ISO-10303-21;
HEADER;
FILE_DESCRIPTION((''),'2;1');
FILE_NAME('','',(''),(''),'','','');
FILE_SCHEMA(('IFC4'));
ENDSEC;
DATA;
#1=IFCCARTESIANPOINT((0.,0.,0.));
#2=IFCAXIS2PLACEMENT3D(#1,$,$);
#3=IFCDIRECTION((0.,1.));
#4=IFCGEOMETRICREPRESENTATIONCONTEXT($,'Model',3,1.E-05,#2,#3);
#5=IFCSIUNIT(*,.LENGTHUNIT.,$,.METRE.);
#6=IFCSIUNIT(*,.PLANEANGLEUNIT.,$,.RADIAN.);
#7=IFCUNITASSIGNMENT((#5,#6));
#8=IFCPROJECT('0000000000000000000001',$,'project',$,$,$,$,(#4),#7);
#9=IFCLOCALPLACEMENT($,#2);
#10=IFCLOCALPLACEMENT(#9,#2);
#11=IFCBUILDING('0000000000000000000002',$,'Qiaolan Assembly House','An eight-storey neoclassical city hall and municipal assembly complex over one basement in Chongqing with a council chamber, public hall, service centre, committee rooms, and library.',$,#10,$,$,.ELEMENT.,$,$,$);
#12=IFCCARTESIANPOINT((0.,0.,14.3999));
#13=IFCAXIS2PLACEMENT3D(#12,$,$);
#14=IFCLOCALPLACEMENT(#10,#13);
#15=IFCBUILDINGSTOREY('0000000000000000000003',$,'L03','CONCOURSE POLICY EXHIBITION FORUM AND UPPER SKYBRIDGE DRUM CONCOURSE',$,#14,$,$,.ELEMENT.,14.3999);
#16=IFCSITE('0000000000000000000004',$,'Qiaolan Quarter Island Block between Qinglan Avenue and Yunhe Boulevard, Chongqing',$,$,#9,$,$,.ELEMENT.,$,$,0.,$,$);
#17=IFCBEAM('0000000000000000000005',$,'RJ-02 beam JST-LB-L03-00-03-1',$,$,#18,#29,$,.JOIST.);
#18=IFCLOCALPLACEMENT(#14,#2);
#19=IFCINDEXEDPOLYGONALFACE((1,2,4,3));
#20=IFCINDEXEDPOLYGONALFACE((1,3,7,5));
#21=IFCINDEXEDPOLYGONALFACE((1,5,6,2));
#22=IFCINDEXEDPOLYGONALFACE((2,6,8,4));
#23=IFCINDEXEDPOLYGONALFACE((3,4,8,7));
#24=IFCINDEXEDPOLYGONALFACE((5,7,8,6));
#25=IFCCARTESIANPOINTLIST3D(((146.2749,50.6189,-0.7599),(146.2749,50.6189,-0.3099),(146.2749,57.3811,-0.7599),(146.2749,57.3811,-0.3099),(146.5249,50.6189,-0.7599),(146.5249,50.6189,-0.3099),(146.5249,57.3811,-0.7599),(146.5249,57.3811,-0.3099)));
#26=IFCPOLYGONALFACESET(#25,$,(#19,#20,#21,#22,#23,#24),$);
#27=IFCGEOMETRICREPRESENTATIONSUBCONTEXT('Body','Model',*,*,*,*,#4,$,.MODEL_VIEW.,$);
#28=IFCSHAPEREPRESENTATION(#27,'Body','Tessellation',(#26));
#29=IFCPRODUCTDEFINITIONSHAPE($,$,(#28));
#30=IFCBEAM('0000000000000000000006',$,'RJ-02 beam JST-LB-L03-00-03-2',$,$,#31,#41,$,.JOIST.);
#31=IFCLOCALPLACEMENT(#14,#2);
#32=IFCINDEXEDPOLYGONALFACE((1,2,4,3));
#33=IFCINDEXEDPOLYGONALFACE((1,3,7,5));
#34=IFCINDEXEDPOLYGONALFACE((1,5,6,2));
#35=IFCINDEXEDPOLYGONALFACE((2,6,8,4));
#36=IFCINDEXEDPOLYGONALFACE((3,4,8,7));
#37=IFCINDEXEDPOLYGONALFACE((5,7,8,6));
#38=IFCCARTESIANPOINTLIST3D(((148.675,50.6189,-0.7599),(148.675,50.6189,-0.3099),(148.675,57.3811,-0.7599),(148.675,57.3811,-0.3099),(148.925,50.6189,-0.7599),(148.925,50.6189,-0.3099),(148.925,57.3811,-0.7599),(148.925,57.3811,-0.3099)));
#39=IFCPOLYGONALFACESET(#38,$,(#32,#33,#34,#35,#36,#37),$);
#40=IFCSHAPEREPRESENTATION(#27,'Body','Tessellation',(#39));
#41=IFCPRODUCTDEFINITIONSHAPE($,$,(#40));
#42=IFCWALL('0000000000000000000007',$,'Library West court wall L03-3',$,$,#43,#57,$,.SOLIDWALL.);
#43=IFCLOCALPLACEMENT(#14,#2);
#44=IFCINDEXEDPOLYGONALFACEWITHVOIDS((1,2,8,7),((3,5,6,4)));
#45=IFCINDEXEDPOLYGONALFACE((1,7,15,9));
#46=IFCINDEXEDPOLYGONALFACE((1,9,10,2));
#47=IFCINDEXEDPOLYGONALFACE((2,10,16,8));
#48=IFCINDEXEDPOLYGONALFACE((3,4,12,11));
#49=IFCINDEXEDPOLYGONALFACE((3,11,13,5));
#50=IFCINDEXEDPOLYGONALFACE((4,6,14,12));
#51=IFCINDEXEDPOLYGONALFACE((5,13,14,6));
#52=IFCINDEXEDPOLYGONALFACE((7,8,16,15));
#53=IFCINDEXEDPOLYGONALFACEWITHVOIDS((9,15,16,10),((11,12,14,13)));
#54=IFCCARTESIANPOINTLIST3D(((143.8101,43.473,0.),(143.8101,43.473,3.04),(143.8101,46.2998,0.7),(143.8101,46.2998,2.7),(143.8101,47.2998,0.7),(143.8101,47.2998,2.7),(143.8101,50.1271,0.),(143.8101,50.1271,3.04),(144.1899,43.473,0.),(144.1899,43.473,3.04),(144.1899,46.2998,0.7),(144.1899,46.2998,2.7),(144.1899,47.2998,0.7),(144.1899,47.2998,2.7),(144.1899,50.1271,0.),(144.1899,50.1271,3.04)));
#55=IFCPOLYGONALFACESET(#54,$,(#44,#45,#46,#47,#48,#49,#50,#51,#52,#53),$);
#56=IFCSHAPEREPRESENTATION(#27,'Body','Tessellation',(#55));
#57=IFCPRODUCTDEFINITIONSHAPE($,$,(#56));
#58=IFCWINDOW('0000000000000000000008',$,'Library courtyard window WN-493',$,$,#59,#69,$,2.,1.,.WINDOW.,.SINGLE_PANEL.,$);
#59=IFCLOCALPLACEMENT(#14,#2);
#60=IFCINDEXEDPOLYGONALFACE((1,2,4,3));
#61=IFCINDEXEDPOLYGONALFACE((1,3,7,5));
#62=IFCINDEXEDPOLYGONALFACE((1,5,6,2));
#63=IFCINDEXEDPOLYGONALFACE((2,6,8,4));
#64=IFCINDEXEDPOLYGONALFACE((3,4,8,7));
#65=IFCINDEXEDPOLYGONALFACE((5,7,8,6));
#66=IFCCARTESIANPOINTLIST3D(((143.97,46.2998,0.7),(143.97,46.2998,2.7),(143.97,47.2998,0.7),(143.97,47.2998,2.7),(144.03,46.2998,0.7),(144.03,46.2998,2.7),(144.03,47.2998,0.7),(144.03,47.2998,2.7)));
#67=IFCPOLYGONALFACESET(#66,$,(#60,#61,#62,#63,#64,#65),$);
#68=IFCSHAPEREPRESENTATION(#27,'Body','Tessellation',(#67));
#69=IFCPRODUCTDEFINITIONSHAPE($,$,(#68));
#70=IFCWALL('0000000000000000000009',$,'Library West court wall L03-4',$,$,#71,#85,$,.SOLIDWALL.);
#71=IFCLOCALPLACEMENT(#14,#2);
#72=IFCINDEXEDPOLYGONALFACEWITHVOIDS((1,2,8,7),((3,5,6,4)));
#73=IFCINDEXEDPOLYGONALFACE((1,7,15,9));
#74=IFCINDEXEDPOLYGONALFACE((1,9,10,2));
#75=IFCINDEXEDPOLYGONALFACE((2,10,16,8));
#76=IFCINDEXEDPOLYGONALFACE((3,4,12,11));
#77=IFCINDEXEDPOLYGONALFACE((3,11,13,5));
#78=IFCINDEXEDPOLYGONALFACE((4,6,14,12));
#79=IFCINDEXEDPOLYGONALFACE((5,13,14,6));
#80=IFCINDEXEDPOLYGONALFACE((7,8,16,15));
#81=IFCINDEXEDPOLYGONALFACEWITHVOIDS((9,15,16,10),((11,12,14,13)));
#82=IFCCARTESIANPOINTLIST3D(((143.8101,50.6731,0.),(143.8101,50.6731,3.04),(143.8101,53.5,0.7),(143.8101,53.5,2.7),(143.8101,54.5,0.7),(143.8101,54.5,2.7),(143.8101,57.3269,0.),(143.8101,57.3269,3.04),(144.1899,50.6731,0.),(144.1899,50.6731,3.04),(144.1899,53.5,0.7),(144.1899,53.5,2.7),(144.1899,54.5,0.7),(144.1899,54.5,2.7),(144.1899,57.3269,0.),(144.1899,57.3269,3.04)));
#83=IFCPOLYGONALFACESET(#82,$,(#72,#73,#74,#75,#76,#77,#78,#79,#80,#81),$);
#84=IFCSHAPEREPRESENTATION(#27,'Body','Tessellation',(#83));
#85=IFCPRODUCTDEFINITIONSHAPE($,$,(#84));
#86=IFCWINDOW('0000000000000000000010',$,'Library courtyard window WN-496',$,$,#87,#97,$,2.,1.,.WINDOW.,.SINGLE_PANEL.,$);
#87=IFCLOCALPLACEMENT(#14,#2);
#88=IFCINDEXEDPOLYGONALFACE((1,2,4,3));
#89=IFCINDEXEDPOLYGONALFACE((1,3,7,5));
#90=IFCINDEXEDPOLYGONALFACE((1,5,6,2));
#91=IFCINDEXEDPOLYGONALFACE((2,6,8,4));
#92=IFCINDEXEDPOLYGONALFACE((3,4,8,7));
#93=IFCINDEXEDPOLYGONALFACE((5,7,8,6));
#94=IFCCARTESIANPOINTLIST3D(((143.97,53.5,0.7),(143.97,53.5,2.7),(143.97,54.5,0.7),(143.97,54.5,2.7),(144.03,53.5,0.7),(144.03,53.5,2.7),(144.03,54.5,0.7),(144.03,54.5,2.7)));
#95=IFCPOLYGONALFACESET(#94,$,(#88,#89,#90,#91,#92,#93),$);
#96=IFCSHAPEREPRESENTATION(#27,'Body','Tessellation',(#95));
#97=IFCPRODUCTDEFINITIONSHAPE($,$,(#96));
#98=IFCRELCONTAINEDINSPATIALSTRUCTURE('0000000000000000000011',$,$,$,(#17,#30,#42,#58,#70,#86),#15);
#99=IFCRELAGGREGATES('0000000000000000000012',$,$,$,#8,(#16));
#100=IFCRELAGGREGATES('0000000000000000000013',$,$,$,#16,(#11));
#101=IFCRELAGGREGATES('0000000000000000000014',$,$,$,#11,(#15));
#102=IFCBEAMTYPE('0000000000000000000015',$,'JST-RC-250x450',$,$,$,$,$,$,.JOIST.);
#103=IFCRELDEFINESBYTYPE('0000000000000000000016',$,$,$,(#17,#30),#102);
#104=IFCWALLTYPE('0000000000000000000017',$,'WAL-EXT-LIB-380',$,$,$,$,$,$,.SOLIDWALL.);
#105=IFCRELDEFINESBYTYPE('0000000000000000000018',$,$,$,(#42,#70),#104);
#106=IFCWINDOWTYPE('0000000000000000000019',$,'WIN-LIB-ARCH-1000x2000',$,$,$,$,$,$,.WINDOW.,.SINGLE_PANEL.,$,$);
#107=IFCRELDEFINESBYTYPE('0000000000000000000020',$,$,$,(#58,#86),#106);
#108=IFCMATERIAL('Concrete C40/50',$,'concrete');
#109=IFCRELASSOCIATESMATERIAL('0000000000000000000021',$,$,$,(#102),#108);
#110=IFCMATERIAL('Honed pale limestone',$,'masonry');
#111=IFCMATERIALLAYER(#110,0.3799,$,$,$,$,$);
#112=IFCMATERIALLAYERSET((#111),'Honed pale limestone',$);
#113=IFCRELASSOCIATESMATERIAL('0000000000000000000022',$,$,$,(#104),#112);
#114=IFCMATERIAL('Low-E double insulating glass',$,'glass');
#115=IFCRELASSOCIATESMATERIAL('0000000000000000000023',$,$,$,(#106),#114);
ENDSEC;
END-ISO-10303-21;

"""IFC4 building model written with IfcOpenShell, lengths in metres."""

from ifc_helpers import new_model, si_unit, direction, frame, frame_2d, origin, origin_2d, place, context, subcontext, project, spatial, rectangle, extrude, material, layer, layer_set, material_profile, profile_set, type_object, element, fill, save


model = new_model("IFC4")

# Units and contexts
model_context = context("Model", 3, precision=1e-05, world=origin(), true_north=direction((0.0, 1.0)))
body_context = subcontext(model_context, "Body", "Model", "MODEL_VIEW")
ifc_project = project(units=[si_unit("LENGTHUNIT", "METRE"), si_unit("PLANEANGLEUNIT", "RADIAN")], contexts=[model_context])

# Site, building, storey
site_placement = place(None, origin())
site = spatial("IfcSite", under=ifc_project, at=site_placement, Name="Qiaolan Quarter Island Block between Qinglan Avenue and Yunhe Boulevard, Chongqing", CompositionType="ELEMENT", RefElevation=0.0)
building_placement = place(site_placement, origin())
building = spatial("IfcBuilding", under=site, at=building_placement, Name="Qiaolan Assembly House", Description="An eight-storey neoclassical city hall and municipal assembly complex over one basement in Chongqing with a council chamber, public hall, service centre, committee rooms, and library.", CompositionType="ELEMENT")
storey_placement = place(building_placement, frame((0.0, 0.0, 14.3999)))
storey = spatial("IfcBuildingStorey", under=building, at=storey_placement, Name="L03", Description="CONCOURSE POLICY EXHIBITION FORUM AND UPPER SKYBRIDGE DRUM CONCOURSE", CompositionType="ELEMENT", Elevation=14.3999)

# Shared definitions
ifc_material_1 = material(Name="Concrete C40/50", Category="concrete")

# Beams
ifc_material_profile_1 = material_profile(ifc_material_1, rectangle(XDim=0.25, YDim=0.45, at=origin_2d()), Name="RCB 250x450")
ifc_profile_set_1 = profile_set([ifc_material_profile_1], Name="Concrete C40/50")
beam_type_1 = type_object("IfcBeamType", Name="JST-RC-250x450", PredefinedType="JOIST", material=ifc_profile_set_1)
for number, where, z_axis, x_axis, name in (
    (1, (146.3999, 50.6189, -0.5349), (0.0, 1.0, 0.0), (-1.0, 0.0, 0.0), "RJ-02 beam JST-LB-L03-00-03-1"),
    (2, (148.8, 50.6189, -0.5349), (0.0, 1.0, 0.0), (-1.0, 0.0, 0.0), "RJ-02 beam JST-LB-L03-00-03-2"),
):
    element("IfcBeam", number, at=place(storey_placement, frame(where, z_axis=z_axis, x_axis=x_axis)), inside=storey, type_object=beam_type_1, Name=name, PredefinedType="JOIST", context=body_context, shape_type="SweptSolid", body=[
        extrude(rectangle(XDim=0.25, YDim=0.45, at=origin_2d()), origin(), (0.0, 0.0, 1.0), 6.7622),
    ])

# Walls, openings, windows
ifc_material_2 = material(Name="Honed pale limestone", Category="masonry")
ifc_layer = layer(ifc_material_2, 0.3799)
ifc_layer_set = layer_set([ifc_layer], Name="Honed pale limestone")
wall_type = type_object("IfcWallType", Name="WAL-EXT-LIB-380", PredefinedType="SOLIDWALL", material=ifc_layer_set)
wall_1_placement = place(storey_placement, frame((144.0, 43.4729, 0.0), z_axis=(0.0, 0.0, 1.0), x_axis=(0.0, 1.0, 0.0)))
wall_1 = element("IfcWall", 3, at=wall_1_placement, inside=storey, type_object=wall_type, Name="Library West court wall L03-3", PredefinedType="SOLIDWALL", context=body_context, shape_type="SweptSolid", body=[
    extrude(rectangle(XDim=6.6541, YDim=0.3799, at=frame_2d((3.3271, 0.0))), origin(), (0.0, 0.0, 1.0), 3.04),
])
opening_1_placement = place(wall_1_placement, frame((2.8269, 0.0, 0.7)))
opening_1 = element("IfcOpeningElement", 4, at=opening_1_placement, cuts=wall_1, PredefinedType="OPENING", context=body_context, shape_type="SweptSolid", body=[
    extrude(rectangle(XDim=1.0, YDim=2.0, at=frame_2d((0.5, 1.0))), frame((0.0, 0.2, 0.0), z_axis=(0.0, -1.0, 0.0), x_axis=(1.0, 0.0, 0.0)), (0.0, 0.0, 1.0), 0.3999),
])
ifc_material_3 = material(Name="Low-E double insulating glass", Category="glass")
window_type = type_object("IfcWindowType", Name="WIN-LIB-ARCH-1000x2000", PartitioningType="SINGLE_PANEL", PredefinedType="WINDOW", material=ifc_material_3)
window_1_placement = place(opening_1_placement, origin())
window_1 = element("IfcWindow", 5, at=window_1_placement, inside=storey, type_object=window_type, Name="Library courtyard window WN-493", OverallHeight=2.0, OverallWidth=1.0, PartitioningType="SINGLE_PANEL", PredefinedType="WINDOW", context=body_context, shape_type="SweptSolid", body=[
    extrude(rectangle(XDim=1.0, YDim=2.0, at=frame_2d((0.5, 1.0))), frame((0.0, 0.03, 0.0), z_axis=(0.0, -1.0, 0.0), x_axis=(1.0, 0.0, 0.0)), (0.0, 0.0, 1.0), 0.0601),
])
fill(opening_1, window_1)
wall_2_placement = place(storey_placement, frame((144.0, 50.6731, 0.0), z_axis=(0.0, 0.0, 1.0), x_axis=(0.0, 1.0, 0.0)))
wall_2 = element("IfcWall", 6, at=wall_2_placement, inside=storey, type_object=wall_type, Name="Library West court wall L03-4", PredefinedType="SOLIDWALL", context=body_context, shape_type="SweptSolid", body=[
    extrude(rectangle(XDim=6.6538, YDim=0.3799, at=frame_2d((3.3269, 0.0))), origin(), (0.0, 0.0, 1.0), 3.04),
])
opening_2_placement = place(wall_2_placement, frame((2.8269, 0.0, 0.7)))
opening_2 = element("IfcOpeningElement", 7, at=opening_2_placement, cuts=wall_2, PredefinedType="OPENING", context=body_context, shape_type="SweptSolid", body=[
    extrude(rectangle(XDim=1.0, YDim=2.0, at=frame_2d((0.5, 1.0))), frame((0.0, 0.2, 0.0), z_axis=(0.0, -1.0, 0.0), x_axis=(1.0, 0.0, 0.0)), (0.0, 0.0, 1.0), 0.3999),
])
window_2_placement = place(opening_2_placement, origin())
window_2 = element("IfcWindow", 8, at=window_2_placement, inside=storey, type_object=window_type, Name="Library courtyard window WN-496", OverallHeight=2.0, OverallWidth=1.0, PartitioningType="SINGLE_PANEL", PredefinedType="WINDOW", context=body_context, shape_type="SweptSolid", body=[
    extrude(rectangle(XDim=1.0, YDim=2.0, at=frame_2d((0.5, 1.0))), frame((0.0, 0.03, 0.0), z_axis=(0.0, -1.0, 0.0), x_axis=(1.0, 0.0, 0.0)), (0.0, 0.0, 1.0), 0.0601),
])
fill(opening_2, window_2)

save(model, "model.ifc")
